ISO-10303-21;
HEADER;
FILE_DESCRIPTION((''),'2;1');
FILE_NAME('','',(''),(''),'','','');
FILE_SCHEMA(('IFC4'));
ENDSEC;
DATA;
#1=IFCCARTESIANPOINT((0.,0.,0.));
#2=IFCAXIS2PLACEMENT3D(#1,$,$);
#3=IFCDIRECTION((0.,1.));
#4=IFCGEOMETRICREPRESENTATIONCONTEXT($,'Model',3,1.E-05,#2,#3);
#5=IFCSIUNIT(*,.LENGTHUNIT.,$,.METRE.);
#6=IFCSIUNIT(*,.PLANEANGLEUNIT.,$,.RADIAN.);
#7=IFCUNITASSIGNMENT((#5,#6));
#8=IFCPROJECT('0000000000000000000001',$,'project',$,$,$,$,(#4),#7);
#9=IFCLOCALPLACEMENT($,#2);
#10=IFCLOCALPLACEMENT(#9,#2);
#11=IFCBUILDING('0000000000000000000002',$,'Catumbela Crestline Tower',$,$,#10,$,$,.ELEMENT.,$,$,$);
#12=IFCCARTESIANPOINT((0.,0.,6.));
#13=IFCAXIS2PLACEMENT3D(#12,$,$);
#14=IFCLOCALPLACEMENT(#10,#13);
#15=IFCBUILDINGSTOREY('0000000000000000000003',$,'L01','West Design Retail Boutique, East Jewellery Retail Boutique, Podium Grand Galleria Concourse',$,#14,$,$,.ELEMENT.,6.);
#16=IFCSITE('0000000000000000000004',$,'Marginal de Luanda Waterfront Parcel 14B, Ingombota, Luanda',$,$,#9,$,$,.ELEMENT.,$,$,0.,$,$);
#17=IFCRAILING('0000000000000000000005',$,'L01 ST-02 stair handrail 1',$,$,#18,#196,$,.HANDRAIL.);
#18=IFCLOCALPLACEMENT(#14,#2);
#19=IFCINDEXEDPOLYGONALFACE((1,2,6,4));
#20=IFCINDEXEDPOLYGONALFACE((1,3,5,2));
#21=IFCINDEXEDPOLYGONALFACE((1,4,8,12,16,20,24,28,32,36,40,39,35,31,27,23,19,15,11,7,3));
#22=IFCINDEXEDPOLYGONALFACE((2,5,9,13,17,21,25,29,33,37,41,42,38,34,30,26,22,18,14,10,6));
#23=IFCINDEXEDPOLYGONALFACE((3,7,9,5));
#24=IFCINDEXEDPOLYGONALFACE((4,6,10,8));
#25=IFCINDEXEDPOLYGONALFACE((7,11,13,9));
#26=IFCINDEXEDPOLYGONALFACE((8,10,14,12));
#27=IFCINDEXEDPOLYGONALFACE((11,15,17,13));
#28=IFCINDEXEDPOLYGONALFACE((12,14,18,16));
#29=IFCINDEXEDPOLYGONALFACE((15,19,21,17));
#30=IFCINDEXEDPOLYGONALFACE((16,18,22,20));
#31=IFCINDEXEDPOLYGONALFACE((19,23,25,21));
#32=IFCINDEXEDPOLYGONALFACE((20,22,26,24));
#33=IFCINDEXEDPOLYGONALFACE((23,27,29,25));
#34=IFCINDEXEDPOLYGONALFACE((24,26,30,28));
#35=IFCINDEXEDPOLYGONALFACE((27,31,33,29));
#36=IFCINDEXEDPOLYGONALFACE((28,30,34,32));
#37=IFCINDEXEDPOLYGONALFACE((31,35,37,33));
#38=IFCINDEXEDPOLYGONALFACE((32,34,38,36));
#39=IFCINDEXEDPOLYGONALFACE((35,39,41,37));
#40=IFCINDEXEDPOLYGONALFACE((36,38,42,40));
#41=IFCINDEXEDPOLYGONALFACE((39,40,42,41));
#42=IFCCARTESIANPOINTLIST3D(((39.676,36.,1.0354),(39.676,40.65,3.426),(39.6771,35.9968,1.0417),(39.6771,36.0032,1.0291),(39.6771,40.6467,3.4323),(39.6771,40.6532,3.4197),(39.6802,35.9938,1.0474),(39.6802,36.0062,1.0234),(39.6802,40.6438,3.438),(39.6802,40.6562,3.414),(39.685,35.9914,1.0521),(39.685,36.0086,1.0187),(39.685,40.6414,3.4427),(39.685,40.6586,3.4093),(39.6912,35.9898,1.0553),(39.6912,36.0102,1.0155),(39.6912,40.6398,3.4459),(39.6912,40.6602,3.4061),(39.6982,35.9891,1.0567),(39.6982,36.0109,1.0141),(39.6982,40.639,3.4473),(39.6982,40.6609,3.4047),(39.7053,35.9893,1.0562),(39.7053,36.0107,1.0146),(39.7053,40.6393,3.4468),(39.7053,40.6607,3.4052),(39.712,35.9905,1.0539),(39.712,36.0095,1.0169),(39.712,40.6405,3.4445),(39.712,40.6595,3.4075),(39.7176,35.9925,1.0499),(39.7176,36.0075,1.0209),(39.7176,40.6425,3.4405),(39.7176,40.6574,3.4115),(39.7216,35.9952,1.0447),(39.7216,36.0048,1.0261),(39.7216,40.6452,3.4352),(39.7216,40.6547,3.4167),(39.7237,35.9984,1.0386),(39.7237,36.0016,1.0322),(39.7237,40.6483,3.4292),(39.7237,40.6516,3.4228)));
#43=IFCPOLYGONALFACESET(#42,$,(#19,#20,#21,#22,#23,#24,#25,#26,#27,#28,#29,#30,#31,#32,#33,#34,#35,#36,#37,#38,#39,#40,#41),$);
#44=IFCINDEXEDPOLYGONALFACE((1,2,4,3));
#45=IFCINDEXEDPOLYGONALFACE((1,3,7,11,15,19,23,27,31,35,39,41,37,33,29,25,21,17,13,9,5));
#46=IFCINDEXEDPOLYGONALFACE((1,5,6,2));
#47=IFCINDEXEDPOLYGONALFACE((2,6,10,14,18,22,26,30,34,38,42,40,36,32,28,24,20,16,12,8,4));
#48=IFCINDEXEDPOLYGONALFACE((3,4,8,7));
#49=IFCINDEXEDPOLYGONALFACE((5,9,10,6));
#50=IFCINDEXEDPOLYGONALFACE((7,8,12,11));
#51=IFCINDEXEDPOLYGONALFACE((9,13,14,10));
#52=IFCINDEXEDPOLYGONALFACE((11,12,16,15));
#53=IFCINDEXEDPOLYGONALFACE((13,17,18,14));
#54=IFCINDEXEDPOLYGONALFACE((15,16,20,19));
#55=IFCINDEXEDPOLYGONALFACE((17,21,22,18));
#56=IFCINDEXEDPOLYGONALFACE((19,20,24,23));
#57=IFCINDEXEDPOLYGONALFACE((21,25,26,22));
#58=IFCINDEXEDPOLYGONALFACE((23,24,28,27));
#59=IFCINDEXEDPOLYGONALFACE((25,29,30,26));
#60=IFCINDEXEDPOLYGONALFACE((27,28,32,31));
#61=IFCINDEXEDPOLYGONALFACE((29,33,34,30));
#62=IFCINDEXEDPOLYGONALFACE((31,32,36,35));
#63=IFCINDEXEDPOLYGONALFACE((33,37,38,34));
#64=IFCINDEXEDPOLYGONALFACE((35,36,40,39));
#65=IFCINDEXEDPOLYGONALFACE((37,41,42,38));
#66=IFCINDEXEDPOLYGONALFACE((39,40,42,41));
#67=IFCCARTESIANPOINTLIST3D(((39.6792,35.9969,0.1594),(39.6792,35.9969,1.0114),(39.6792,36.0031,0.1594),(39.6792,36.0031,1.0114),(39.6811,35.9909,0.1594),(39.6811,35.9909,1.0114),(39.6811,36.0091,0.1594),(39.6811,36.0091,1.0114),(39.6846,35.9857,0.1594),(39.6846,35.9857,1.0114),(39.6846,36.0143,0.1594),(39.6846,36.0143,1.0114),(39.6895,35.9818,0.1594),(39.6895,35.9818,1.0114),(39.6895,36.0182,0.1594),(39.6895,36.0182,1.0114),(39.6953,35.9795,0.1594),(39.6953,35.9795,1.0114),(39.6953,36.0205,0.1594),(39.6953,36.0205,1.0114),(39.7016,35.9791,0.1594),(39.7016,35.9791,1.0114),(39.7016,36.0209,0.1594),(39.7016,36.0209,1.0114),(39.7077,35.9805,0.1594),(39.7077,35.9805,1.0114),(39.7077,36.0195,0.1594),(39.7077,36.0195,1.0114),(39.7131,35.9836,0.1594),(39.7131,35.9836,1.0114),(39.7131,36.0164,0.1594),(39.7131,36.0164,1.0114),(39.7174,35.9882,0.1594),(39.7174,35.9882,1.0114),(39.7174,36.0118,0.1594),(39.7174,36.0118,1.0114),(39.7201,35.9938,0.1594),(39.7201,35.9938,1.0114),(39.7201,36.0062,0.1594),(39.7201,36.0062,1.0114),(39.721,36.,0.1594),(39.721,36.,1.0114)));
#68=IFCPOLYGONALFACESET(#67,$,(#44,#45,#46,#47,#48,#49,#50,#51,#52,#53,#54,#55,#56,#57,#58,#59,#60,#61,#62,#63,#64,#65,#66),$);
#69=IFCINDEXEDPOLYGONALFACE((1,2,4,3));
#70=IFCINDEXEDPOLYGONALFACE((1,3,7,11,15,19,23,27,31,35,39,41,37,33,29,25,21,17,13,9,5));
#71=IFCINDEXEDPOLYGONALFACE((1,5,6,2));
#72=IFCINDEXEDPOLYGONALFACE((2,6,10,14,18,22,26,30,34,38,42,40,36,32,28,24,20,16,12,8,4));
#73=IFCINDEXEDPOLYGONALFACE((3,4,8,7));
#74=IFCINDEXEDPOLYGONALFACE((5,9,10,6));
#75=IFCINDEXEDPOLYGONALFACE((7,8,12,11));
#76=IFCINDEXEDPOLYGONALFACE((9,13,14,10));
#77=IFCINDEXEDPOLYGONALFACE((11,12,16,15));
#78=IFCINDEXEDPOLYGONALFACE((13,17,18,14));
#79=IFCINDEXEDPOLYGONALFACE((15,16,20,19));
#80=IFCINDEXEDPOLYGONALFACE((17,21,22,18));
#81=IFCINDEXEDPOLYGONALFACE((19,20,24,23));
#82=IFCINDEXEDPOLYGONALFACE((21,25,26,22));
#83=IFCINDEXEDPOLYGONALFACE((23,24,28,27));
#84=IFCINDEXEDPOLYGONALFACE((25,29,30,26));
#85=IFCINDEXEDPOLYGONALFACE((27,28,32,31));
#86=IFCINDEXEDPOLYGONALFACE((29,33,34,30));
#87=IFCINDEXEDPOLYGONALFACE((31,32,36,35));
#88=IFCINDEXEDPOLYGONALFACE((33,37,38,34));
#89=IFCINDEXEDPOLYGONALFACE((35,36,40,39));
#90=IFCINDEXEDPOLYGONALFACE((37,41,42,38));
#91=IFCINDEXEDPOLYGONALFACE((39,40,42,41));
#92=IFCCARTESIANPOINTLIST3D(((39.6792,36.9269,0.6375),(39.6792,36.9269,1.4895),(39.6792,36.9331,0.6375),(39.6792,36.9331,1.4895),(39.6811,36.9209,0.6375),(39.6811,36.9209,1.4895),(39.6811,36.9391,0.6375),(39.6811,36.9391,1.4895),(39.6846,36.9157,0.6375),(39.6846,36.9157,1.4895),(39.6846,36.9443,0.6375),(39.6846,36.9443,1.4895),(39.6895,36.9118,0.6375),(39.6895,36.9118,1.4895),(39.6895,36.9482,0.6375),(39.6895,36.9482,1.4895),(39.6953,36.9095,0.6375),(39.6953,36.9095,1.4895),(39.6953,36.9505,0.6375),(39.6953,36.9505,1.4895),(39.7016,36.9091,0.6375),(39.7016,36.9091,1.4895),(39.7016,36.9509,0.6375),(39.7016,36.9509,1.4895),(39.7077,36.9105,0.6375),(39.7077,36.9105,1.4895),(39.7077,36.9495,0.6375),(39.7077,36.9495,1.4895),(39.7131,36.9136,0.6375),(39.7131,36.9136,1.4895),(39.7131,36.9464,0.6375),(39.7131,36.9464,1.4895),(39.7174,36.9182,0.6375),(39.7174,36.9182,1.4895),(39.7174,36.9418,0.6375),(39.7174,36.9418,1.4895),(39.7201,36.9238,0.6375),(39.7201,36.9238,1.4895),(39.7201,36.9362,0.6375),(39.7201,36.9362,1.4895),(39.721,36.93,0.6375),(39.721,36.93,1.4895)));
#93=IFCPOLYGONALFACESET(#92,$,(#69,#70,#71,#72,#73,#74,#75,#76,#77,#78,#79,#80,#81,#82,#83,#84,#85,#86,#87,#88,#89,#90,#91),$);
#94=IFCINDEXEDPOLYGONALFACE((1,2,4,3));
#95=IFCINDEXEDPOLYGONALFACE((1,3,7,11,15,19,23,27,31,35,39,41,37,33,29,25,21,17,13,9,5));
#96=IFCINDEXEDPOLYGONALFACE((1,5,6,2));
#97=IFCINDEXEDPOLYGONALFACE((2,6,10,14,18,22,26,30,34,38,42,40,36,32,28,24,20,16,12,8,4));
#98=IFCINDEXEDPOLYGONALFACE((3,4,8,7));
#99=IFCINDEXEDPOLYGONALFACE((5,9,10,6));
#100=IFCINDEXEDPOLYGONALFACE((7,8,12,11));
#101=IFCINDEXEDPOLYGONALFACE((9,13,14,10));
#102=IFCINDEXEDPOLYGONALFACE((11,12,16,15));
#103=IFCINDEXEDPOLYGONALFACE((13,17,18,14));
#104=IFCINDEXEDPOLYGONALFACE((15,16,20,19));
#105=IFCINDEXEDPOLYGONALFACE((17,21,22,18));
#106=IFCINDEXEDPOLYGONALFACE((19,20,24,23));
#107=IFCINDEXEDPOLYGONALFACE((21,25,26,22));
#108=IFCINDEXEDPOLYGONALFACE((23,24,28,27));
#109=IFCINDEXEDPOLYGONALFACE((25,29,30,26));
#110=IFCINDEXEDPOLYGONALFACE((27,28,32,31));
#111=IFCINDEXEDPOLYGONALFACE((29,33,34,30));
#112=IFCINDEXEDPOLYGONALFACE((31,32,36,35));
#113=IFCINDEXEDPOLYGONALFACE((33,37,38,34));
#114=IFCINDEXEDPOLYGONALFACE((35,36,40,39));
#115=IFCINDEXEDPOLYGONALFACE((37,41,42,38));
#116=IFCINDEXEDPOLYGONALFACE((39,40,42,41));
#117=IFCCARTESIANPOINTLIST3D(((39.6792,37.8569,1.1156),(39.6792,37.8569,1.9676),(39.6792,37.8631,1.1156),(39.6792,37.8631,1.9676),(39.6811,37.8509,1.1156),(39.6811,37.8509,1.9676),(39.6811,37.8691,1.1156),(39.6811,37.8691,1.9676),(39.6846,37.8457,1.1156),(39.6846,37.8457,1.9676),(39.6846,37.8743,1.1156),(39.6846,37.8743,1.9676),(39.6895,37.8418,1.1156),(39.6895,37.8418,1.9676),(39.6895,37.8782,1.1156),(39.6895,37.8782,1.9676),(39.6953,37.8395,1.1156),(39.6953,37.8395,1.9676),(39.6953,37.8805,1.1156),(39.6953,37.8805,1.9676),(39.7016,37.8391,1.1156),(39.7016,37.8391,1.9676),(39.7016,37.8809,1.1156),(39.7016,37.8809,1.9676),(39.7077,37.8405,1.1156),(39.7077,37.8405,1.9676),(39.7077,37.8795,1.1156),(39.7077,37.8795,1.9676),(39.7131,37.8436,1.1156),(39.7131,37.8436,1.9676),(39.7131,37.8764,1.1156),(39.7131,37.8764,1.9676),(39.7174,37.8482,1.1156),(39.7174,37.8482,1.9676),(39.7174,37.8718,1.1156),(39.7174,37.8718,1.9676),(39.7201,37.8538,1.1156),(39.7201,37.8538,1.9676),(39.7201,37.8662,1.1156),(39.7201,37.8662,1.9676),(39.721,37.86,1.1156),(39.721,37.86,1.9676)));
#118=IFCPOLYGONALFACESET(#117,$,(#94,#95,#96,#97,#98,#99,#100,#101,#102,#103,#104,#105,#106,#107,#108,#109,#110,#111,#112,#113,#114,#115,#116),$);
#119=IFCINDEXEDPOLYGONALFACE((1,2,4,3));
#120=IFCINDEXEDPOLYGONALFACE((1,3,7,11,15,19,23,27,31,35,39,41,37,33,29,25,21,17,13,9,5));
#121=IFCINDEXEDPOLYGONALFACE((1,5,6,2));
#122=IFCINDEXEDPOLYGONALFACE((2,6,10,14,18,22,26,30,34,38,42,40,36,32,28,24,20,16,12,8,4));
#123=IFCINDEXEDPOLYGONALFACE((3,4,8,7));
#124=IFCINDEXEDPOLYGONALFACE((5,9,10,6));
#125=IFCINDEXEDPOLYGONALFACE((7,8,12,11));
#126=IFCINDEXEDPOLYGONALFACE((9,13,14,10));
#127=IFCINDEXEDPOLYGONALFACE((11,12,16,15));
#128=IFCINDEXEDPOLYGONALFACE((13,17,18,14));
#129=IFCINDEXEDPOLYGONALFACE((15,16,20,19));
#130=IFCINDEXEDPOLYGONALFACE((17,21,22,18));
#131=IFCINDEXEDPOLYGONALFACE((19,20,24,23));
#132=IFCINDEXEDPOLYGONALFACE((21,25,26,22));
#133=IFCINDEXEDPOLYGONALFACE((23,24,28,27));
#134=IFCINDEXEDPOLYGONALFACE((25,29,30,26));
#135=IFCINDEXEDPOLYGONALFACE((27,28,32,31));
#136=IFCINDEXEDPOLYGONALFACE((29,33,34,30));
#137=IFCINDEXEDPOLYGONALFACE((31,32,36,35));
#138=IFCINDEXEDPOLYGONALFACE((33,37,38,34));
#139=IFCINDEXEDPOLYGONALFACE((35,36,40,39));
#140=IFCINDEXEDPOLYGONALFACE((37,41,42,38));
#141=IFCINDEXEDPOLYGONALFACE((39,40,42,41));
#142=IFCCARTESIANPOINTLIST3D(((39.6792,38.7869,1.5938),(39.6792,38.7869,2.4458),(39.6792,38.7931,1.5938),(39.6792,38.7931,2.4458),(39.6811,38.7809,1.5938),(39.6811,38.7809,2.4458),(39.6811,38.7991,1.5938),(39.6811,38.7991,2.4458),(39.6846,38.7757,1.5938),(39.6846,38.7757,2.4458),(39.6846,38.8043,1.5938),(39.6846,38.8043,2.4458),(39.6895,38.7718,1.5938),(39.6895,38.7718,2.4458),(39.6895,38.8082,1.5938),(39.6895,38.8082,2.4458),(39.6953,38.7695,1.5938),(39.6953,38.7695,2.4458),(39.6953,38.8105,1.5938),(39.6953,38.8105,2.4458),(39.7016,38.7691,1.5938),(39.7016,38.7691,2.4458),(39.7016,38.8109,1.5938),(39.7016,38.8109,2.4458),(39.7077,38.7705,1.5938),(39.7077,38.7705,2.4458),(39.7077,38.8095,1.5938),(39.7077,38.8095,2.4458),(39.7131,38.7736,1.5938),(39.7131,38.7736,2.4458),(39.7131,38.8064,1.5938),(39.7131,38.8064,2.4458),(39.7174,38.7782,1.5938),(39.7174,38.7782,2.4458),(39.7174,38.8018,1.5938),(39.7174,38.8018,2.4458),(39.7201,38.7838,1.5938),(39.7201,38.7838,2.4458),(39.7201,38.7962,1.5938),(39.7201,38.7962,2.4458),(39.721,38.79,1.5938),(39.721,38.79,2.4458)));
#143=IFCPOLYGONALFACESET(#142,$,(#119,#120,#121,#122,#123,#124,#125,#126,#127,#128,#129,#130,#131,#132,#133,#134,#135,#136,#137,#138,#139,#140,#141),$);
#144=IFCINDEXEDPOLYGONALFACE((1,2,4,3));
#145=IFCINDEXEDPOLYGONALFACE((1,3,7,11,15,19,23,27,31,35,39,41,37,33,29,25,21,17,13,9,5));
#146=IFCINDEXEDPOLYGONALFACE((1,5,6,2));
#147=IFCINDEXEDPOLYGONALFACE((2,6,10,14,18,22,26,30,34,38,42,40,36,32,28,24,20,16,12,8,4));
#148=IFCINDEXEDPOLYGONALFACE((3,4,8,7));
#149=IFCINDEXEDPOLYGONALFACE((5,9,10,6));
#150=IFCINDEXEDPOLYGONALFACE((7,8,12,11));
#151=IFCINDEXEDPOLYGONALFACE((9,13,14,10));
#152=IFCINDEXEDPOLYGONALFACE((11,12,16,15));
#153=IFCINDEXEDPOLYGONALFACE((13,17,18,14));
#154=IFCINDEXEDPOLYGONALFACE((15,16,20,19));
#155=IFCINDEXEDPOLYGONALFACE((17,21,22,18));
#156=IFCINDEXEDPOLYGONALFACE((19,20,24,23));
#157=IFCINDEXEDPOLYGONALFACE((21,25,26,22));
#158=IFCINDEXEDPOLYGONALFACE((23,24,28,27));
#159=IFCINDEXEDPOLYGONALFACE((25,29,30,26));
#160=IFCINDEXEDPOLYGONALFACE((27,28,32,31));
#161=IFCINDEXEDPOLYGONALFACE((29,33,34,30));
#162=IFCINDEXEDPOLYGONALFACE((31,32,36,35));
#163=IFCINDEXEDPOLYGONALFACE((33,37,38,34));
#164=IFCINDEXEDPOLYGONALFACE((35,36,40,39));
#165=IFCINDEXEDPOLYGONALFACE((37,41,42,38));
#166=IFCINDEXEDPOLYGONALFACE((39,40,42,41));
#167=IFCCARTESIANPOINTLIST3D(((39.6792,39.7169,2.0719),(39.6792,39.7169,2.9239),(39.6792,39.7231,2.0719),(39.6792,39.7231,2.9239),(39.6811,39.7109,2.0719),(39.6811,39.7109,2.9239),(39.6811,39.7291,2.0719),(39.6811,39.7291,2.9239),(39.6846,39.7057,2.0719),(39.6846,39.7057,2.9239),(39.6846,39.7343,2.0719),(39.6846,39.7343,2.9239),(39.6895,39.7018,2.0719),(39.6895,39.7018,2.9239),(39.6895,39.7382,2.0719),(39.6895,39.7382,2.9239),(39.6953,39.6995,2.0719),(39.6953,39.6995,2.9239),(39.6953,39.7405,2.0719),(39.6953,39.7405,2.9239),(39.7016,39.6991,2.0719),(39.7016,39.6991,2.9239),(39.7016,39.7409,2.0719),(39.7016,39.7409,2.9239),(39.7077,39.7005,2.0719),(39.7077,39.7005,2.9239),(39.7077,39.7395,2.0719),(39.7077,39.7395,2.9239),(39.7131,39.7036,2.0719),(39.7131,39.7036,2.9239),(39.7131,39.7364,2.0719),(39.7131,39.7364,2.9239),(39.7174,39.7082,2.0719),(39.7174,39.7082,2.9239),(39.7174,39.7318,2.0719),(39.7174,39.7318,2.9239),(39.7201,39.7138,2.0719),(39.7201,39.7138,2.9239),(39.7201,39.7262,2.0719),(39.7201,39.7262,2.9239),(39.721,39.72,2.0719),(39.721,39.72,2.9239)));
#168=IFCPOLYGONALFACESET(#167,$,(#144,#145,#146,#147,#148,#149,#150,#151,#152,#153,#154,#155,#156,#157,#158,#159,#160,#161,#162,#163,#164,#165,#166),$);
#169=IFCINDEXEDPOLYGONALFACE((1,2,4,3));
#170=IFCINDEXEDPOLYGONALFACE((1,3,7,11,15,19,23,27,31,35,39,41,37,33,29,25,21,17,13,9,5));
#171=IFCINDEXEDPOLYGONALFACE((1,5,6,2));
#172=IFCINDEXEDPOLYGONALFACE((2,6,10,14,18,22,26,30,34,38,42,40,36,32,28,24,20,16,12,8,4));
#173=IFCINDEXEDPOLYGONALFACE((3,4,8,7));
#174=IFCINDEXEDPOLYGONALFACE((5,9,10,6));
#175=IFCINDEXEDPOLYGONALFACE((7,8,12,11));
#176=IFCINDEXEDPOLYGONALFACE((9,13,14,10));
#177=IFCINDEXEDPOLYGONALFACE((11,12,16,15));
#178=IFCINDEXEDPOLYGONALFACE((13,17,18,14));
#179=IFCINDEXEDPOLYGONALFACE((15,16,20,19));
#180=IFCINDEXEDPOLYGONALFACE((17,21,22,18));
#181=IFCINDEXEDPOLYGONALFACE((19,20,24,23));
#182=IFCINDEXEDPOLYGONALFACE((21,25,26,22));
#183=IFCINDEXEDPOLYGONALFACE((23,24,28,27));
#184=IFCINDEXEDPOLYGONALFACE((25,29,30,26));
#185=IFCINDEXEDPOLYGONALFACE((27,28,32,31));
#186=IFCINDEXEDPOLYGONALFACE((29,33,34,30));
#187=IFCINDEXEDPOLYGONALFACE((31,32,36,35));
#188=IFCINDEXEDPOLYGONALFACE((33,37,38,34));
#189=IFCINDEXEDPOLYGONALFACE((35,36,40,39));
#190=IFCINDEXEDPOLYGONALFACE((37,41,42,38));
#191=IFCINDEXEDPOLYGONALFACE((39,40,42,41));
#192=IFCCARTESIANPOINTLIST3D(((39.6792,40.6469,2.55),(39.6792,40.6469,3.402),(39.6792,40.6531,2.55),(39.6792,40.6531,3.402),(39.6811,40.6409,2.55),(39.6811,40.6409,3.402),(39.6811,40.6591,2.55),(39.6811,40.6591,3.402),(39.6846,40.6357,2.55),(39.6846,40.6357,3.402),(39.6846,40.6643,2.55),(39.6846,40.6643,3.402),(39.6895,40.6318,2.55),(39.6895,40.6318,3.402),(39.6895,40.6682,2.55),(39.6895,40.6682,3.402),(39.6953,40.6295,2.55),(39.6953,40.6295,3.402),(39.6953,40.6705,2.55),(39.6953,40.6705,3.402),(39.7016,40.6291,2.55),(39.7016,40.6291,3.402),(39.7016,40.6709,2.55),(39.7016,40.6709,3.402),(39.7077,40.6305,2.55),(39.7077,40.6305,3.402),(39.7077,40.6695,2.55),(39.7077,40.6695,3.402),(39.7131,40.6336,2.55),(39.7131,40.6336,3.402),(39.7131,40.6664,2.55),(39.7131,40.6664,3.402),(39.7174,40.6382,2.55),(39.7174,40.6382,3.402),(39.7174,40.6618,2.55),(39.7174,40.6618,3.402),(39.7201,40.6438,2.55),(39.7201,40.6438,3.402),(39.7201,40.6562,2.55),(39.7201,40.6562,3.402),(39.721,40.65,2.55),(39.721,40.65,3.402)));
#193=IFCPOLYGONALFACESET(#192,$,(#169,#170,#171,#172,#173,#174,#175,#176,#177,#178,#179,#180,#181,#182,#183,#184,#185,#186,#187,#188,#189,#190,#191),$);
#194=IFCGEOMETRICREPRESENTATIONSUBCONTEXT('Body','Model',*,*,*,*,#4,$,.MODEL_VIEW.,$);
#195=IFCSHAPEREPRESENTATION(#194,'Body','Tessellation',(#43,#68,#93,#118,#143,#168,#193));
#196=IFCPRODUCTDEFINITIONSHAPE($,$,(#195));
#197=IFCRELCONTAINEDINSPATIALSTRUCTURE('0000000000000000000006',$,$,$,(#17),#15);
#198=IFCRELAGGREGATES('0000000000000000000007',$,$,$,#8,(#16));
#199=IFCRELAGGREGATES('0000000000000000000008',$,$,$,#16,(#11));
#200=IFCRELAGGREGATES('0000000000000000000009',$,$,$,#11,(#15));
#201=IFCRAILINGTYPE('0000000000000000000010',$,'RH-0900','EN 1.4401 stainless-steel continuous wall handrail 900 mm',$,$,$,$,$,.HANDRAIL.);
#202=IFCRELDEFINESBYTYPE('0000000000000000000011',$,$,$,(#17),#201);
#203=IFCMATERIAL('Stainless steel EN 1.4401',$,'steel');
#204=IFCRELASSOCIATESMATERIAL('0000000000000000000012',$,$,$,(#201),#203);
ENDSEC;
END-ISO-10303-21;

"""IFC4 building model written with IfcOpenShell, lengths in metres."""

from ifc_helpers import new_model, si_unit, direction, frame, origin, origin_2d, place, context, subcontext, project, spatial, circle, extrude, material, type_object, element, save


model = new_model("IFC4")

# Units and contexts
model_context = context("Model", 3, precision=1e-05, world=origin(), true_north=direction((0.0, 1.0)))
body_context = subcontext(model_context, "Body", "Model", "MODEL_VIEW")
ifc_project = project(units=[si_unit("LENGTHUNIT", "METRE"), si_unit("PLANEANGLEUNIT", "RADIAN")], contexts=[model_context])

# Site, building, storey
site_placement = place(None, origin())
site = spatial("IfcSite", under=ifc_project, at=site_placement, Name="Marginal de Luanda Waterfront Parcel 14B, Ingombota, Luanda", CompositionType="ELEMENT", RefElevation=0.0)
building_placement = place(site_placement, origin())
building = spatial("IfcBuilding", under=site, at=building_placement, Name="Catumbela Crestline Tower", CompositionType="ELEMENT")
storey_placement = place(building_placement, frame((0.0, 0.0, 6.0)))
storey = spatial("IfcBuildingStorey", under=building, at=storey_placement, Name="L01", Description="West Design Retail Boutique, East Jewellery Retail Boutique, Podium Grand Galleria Concourse", CompositionType="ELEMENT", Elevation=6.0)

# Shared definitions
ifc_material_1 = material(Name="Stainless steel EN 1.4401", Category="steel")

# Railing
railing_type_1 = type_object("IfcRailingType", Name="RH-0900", Description="EN 1.4401 stainless-steel continuous wall handrail 900 mm", PredefinedType="HANDRAIL", material=ifc_material_1)
railing_1_placement = place(storey_placement, frame((39.7, 36.0, 0.1594)))
element("IfcRailing", 1, at=railing_1_placement, inside=storey, type_object=railing_type_1, Name="L01 ST-02 stair handrail 1", PredefinedType="HANDRAIL", context=body_context, shape_type="SweptSolid", body=[
    extrude(circle(Radius=0.024, at=origin_2d()), frame((0.0, 0.0, 0.876), z_axis=(0.0, 0.889352, 0.457223), x_axis=(-1.0, 0.0, 0.0)), (0.0, 0.0, 1.0), 5.2285),
    extrude(circle(Radius=0.021, at=origin_2d()), origin(), (0.0, 0.0, 1.0), 0.852),
    extrude(circle(Radius=0.021, at=origin_2d()), frame((0.0, 0.93, 0.4781)), (0.0, 0.0, 1.0), 0.852),
    extrude(circle(Radius=0.021, at=origin_2d()), frame((0.0, 1.86, 0.9562)), (0.0, 0.0, 1.0), 0.852),
    extrude(circle(Radius=0.021, at=origin_2d()), frame((0.0, 2.79, 1.4344)), (0.0, 0.0, 1.0), 0.852),
    extrude(circle(Radius=0.021, at=origin_2d()), frame((0.0, 3.72, 1.9125)), (0.0, 0.0, 1.0), 0.852),
    extrude(circle(Radius=0.021, at=origin_2d()), frame((0.0, 4.65, 2.3906)), (0.0, 0.0, 1.0), 0.852),
])

save(model, "model.ifc")
